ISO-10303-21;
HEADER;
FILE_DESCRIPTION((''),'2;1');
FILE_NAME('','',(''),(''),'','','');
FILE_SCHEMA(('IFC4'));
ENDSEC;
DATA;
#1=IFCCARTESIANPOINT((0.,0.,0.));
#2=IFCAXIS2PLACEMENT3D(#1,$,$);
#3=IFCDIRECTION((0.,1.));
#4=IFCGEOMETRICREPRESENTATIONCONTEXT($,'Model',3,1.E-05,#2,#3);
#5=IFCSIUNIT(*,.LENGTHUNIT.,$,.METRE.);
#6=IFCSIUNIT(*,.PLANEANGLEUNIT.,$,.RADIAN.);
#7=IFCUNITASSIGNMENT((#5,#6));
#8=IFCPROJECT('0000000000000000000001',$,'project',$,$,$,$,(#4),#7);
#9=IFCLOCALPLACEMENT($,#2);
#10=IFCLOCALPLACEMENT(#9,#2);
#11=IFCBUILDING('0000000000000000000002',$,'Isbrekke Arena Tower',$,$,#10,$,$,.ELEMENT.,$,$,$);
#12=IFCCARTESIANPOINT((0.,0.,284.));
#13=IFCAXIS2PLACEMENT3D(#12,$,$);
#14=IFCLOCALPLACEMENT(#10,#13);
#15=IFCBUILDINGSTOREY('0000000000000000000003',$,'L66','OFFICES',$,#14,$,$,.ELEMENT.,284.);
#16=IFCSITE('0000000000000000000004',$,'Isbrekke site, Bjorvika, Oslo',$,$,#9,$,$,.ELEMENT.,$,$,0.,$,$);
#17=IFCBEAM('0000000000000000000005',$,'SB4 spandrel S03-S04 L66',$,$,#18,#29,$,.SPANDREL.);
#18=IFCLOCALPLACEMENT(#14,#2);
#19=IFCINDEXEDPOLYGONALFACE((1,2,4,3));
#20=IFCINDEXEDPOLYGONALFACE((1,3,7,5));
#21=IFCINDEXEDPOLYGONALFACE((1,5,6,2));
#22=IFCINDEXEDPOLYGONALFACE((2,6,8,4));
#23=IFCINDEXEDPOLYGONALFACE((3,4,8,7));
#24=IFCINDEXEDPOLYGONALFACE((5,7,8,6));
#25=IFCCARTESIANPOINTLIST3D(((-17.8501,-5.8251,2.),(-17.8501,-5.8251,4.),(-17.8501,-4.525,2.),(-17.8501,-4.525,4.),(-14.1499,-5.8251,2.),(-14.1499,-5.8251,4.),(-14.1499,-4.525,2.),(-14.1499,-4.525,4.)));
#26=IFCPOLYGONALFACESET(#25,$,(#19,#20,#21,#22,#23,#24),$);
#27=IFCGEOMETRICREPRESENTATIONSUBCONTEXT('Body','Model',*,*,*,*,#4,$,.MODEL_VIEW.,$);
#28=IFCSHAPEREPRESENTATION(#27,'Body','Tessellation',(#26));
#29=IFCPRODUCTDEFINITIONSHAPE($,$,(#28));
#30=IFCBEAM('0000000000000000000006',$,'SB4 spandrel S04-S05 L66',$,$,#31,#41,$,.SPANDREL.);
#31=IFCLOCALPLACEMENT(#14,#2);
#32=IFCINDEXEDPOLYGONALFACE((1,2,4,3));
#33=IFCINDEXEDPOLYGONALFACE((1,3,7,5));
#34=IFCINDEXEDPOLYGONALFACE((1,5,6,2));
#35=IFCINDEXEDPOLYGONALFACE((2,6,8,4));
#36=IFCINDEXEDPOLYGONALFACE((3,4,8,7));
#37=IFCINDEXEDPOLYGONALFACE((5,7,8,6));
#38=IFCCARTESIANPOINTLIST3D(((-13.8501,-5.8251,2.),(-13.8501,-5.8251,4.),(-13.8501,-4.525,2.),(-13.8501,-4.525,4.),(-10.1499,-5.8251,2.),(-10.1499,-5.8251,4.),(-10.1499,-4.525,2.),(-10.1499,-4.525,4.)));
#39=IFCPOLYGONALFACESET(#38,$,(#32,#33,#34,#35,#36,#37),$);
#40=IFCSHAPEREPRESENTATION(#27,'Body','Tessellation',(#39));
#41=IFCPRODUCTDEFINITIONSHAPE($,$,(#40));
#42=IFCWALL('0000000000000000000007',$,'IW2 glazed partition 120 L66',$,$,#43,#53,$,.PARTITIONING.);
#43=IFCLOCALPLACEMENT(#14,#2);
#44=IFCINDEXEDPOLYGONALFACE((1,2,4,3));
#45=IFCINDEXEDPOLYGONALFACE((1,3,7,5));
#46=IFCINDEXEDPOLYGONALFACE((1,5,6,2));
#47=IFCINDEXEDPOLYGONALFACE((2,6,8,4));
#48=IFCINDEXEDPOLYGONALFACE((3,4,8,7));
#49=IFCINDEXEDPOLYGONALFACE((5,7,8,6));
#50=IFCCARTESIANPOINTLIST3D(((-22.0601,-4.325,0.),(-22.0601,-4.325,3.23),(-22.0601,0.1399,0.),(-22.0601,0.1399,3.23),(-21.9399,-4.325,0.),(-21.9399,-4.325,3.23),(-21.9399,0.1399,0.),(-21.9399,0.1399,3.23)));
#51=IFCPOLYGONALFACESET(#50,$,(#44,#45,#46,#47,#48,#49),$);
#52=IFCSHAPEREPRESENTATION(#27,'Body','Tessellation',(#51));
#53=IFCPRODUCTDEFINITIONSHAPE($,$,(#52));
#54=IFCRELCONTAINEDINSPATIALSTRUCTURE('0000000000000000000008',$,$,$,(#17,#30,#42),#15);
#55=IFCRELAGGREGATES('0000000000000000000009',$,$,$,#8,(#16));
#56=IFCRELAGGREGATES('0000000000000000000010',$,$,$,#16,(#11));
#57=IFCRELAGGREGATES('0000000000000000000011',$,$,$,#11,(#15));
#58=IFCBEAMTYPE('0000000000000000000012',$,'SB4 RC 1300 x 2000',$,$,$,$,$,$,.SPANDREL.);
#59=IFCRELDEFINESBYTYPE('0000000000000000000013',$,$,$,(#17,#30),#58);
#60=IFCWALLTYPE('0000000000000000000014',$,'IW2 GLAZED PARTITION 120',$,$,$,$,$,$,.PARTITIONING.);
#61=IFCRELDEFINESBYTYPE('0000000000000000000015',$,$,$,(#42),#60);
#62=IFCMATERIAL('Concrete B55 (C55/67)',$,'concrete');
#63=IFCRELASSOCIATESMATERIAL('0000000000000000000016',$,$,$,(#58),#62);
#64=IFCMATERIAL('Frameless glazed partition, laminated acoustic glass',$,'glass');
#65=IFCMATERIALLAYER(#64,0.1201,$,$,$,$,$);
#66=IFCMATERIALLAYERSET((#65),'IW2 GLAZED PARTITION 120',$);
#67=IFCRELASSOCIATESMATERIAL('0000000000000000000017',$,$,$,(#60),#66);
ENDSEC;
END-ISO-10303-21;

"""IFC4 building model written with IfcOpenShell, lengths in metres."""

from ifc_helpers import new_model, si_unit, direction, frame, frame_2d, origin, origin_2d, place, context, subcontext, project, spatial, rectangle, extrude, material, layer, layer_set, material_profile, profile_set, type_object, element, save


model = new_model("IFC4")

# Units and contexts
model_context = context("Model", 3, precision=1e-05, world=origin(), true_north=direction((0.0, 1.0)))
body_context = subcontext(model_context, "Body", "Model", "MODEL_VIEW")
ifc_project = project(units=[si_unit("LENGTHUNIT", "METRE"), si_unit("PLANEANGLEUNIT", "RADIAN")], contexts=[model_context])

# Site, building, storey
site_placement = place(None, origin())
site = spatial("IfcSite", under=ifc_project, at=site_placement, Name="Isbrekke site, Bjorvika, Oslo", CompositionType="ELEMENT", RefElevation=0.0)
building_placement = place(site_placement, origin())
building = spatial("IfcBuilding", under=site, at=building_placement, Name="Isbrekke Arena Tower", CompositionType="ELEMENT")
storey_placement = place(building_placement, frame((0.0, 0.0, 284.0)))
storey = spatial("IfcBuildingStorey", under=building, at=storey_placement, Name="L66", Description="OFFICES", CompositionType="ELEMENT", Elevation=284.0)

# Beams
ifc_material_1 = material(Name="Concrete B55 (C55/67)", Category="concrete")
ifc_material_profile_1 = material_profile(ifc_material_1, rectangle(XDim=1.3, YDim=2.0, at=origin_2d()), Name="RC 1300x2000")
ifc_profile_set_1 = profile_set([ifc_material_profile_1], Name="Concrete B55 (C55/67)")
beam_type_1 = type_object("IfcBeamType", Name="SB4 RC 1300 x 2000", PredefinedType="SPANDREL", material=ifc_profile_set_1)
for number, where, z_axis, x_axis, name in (
    (1, (-17.8501, -5.175, 3.0), (1.0, 0.0, 0.0), (0.0, 1.0, 0.0), "SB4 spandrel S03-S04 L66"),
    (2, (-13.8501, -5.175, 3.0), (1.0, 0.0, 0.0), (0.0, 1.0, 0.0), "SB4 spandrel S04-S05 L66"),
):
    element("IfcBeam", number, at=place(storey_placement, frame(where, z_axis=z_axis, x_axis=x_axis)), inside=storey, type_object=beam_type_1, Name=name, PredefinedType="SPANDREL", context=body_context, shape_type="SweptSolid", body=[
        extrude(rectangle(XDim=1.3, YDim=2.0, at=origin_2d()), origin(), (0.0, 0.0, 1.0), 3.7002),
    ])

# Wall
ifc_material_2 = material(Name="Frameless glazed partition, laminated acoustic glass", Category="glass")
ifc_layer = layer(ifc_material_2, 0.1201)
ifc_layer_set = layer_set([ifc_layer], Name="IW2 GLAZED PARTITION 120")
wall_type = type_object("IfcWallType", Name="IW2 GLAZED PARTITION 120", PredefinedType="PARTITIONING", material=ifc_layer_set)
wall_placement = place(storey_placement, frame((-22.0, -4.325, 0.0), z_axis=(0.0, 0.0, 1.0), x_axis=(0.0, 1.0, 0.0)))
element("IfcWall", 3, at=wall_placement, inside=storey, type_object=wall_type, Name="IW2 glazed partition 120 L66", PredefinedType="PARTITIONING", context=body_context, shape_type="SweptSolid", body=[
    extrude(rectangle(XDim=4.4648, YDim=0.1201, at=frame_2d((2.2324, 0.0))), origin(), (0.0, 0.0, 1.0), 3.23),
])

save(model, "model.ifc")
